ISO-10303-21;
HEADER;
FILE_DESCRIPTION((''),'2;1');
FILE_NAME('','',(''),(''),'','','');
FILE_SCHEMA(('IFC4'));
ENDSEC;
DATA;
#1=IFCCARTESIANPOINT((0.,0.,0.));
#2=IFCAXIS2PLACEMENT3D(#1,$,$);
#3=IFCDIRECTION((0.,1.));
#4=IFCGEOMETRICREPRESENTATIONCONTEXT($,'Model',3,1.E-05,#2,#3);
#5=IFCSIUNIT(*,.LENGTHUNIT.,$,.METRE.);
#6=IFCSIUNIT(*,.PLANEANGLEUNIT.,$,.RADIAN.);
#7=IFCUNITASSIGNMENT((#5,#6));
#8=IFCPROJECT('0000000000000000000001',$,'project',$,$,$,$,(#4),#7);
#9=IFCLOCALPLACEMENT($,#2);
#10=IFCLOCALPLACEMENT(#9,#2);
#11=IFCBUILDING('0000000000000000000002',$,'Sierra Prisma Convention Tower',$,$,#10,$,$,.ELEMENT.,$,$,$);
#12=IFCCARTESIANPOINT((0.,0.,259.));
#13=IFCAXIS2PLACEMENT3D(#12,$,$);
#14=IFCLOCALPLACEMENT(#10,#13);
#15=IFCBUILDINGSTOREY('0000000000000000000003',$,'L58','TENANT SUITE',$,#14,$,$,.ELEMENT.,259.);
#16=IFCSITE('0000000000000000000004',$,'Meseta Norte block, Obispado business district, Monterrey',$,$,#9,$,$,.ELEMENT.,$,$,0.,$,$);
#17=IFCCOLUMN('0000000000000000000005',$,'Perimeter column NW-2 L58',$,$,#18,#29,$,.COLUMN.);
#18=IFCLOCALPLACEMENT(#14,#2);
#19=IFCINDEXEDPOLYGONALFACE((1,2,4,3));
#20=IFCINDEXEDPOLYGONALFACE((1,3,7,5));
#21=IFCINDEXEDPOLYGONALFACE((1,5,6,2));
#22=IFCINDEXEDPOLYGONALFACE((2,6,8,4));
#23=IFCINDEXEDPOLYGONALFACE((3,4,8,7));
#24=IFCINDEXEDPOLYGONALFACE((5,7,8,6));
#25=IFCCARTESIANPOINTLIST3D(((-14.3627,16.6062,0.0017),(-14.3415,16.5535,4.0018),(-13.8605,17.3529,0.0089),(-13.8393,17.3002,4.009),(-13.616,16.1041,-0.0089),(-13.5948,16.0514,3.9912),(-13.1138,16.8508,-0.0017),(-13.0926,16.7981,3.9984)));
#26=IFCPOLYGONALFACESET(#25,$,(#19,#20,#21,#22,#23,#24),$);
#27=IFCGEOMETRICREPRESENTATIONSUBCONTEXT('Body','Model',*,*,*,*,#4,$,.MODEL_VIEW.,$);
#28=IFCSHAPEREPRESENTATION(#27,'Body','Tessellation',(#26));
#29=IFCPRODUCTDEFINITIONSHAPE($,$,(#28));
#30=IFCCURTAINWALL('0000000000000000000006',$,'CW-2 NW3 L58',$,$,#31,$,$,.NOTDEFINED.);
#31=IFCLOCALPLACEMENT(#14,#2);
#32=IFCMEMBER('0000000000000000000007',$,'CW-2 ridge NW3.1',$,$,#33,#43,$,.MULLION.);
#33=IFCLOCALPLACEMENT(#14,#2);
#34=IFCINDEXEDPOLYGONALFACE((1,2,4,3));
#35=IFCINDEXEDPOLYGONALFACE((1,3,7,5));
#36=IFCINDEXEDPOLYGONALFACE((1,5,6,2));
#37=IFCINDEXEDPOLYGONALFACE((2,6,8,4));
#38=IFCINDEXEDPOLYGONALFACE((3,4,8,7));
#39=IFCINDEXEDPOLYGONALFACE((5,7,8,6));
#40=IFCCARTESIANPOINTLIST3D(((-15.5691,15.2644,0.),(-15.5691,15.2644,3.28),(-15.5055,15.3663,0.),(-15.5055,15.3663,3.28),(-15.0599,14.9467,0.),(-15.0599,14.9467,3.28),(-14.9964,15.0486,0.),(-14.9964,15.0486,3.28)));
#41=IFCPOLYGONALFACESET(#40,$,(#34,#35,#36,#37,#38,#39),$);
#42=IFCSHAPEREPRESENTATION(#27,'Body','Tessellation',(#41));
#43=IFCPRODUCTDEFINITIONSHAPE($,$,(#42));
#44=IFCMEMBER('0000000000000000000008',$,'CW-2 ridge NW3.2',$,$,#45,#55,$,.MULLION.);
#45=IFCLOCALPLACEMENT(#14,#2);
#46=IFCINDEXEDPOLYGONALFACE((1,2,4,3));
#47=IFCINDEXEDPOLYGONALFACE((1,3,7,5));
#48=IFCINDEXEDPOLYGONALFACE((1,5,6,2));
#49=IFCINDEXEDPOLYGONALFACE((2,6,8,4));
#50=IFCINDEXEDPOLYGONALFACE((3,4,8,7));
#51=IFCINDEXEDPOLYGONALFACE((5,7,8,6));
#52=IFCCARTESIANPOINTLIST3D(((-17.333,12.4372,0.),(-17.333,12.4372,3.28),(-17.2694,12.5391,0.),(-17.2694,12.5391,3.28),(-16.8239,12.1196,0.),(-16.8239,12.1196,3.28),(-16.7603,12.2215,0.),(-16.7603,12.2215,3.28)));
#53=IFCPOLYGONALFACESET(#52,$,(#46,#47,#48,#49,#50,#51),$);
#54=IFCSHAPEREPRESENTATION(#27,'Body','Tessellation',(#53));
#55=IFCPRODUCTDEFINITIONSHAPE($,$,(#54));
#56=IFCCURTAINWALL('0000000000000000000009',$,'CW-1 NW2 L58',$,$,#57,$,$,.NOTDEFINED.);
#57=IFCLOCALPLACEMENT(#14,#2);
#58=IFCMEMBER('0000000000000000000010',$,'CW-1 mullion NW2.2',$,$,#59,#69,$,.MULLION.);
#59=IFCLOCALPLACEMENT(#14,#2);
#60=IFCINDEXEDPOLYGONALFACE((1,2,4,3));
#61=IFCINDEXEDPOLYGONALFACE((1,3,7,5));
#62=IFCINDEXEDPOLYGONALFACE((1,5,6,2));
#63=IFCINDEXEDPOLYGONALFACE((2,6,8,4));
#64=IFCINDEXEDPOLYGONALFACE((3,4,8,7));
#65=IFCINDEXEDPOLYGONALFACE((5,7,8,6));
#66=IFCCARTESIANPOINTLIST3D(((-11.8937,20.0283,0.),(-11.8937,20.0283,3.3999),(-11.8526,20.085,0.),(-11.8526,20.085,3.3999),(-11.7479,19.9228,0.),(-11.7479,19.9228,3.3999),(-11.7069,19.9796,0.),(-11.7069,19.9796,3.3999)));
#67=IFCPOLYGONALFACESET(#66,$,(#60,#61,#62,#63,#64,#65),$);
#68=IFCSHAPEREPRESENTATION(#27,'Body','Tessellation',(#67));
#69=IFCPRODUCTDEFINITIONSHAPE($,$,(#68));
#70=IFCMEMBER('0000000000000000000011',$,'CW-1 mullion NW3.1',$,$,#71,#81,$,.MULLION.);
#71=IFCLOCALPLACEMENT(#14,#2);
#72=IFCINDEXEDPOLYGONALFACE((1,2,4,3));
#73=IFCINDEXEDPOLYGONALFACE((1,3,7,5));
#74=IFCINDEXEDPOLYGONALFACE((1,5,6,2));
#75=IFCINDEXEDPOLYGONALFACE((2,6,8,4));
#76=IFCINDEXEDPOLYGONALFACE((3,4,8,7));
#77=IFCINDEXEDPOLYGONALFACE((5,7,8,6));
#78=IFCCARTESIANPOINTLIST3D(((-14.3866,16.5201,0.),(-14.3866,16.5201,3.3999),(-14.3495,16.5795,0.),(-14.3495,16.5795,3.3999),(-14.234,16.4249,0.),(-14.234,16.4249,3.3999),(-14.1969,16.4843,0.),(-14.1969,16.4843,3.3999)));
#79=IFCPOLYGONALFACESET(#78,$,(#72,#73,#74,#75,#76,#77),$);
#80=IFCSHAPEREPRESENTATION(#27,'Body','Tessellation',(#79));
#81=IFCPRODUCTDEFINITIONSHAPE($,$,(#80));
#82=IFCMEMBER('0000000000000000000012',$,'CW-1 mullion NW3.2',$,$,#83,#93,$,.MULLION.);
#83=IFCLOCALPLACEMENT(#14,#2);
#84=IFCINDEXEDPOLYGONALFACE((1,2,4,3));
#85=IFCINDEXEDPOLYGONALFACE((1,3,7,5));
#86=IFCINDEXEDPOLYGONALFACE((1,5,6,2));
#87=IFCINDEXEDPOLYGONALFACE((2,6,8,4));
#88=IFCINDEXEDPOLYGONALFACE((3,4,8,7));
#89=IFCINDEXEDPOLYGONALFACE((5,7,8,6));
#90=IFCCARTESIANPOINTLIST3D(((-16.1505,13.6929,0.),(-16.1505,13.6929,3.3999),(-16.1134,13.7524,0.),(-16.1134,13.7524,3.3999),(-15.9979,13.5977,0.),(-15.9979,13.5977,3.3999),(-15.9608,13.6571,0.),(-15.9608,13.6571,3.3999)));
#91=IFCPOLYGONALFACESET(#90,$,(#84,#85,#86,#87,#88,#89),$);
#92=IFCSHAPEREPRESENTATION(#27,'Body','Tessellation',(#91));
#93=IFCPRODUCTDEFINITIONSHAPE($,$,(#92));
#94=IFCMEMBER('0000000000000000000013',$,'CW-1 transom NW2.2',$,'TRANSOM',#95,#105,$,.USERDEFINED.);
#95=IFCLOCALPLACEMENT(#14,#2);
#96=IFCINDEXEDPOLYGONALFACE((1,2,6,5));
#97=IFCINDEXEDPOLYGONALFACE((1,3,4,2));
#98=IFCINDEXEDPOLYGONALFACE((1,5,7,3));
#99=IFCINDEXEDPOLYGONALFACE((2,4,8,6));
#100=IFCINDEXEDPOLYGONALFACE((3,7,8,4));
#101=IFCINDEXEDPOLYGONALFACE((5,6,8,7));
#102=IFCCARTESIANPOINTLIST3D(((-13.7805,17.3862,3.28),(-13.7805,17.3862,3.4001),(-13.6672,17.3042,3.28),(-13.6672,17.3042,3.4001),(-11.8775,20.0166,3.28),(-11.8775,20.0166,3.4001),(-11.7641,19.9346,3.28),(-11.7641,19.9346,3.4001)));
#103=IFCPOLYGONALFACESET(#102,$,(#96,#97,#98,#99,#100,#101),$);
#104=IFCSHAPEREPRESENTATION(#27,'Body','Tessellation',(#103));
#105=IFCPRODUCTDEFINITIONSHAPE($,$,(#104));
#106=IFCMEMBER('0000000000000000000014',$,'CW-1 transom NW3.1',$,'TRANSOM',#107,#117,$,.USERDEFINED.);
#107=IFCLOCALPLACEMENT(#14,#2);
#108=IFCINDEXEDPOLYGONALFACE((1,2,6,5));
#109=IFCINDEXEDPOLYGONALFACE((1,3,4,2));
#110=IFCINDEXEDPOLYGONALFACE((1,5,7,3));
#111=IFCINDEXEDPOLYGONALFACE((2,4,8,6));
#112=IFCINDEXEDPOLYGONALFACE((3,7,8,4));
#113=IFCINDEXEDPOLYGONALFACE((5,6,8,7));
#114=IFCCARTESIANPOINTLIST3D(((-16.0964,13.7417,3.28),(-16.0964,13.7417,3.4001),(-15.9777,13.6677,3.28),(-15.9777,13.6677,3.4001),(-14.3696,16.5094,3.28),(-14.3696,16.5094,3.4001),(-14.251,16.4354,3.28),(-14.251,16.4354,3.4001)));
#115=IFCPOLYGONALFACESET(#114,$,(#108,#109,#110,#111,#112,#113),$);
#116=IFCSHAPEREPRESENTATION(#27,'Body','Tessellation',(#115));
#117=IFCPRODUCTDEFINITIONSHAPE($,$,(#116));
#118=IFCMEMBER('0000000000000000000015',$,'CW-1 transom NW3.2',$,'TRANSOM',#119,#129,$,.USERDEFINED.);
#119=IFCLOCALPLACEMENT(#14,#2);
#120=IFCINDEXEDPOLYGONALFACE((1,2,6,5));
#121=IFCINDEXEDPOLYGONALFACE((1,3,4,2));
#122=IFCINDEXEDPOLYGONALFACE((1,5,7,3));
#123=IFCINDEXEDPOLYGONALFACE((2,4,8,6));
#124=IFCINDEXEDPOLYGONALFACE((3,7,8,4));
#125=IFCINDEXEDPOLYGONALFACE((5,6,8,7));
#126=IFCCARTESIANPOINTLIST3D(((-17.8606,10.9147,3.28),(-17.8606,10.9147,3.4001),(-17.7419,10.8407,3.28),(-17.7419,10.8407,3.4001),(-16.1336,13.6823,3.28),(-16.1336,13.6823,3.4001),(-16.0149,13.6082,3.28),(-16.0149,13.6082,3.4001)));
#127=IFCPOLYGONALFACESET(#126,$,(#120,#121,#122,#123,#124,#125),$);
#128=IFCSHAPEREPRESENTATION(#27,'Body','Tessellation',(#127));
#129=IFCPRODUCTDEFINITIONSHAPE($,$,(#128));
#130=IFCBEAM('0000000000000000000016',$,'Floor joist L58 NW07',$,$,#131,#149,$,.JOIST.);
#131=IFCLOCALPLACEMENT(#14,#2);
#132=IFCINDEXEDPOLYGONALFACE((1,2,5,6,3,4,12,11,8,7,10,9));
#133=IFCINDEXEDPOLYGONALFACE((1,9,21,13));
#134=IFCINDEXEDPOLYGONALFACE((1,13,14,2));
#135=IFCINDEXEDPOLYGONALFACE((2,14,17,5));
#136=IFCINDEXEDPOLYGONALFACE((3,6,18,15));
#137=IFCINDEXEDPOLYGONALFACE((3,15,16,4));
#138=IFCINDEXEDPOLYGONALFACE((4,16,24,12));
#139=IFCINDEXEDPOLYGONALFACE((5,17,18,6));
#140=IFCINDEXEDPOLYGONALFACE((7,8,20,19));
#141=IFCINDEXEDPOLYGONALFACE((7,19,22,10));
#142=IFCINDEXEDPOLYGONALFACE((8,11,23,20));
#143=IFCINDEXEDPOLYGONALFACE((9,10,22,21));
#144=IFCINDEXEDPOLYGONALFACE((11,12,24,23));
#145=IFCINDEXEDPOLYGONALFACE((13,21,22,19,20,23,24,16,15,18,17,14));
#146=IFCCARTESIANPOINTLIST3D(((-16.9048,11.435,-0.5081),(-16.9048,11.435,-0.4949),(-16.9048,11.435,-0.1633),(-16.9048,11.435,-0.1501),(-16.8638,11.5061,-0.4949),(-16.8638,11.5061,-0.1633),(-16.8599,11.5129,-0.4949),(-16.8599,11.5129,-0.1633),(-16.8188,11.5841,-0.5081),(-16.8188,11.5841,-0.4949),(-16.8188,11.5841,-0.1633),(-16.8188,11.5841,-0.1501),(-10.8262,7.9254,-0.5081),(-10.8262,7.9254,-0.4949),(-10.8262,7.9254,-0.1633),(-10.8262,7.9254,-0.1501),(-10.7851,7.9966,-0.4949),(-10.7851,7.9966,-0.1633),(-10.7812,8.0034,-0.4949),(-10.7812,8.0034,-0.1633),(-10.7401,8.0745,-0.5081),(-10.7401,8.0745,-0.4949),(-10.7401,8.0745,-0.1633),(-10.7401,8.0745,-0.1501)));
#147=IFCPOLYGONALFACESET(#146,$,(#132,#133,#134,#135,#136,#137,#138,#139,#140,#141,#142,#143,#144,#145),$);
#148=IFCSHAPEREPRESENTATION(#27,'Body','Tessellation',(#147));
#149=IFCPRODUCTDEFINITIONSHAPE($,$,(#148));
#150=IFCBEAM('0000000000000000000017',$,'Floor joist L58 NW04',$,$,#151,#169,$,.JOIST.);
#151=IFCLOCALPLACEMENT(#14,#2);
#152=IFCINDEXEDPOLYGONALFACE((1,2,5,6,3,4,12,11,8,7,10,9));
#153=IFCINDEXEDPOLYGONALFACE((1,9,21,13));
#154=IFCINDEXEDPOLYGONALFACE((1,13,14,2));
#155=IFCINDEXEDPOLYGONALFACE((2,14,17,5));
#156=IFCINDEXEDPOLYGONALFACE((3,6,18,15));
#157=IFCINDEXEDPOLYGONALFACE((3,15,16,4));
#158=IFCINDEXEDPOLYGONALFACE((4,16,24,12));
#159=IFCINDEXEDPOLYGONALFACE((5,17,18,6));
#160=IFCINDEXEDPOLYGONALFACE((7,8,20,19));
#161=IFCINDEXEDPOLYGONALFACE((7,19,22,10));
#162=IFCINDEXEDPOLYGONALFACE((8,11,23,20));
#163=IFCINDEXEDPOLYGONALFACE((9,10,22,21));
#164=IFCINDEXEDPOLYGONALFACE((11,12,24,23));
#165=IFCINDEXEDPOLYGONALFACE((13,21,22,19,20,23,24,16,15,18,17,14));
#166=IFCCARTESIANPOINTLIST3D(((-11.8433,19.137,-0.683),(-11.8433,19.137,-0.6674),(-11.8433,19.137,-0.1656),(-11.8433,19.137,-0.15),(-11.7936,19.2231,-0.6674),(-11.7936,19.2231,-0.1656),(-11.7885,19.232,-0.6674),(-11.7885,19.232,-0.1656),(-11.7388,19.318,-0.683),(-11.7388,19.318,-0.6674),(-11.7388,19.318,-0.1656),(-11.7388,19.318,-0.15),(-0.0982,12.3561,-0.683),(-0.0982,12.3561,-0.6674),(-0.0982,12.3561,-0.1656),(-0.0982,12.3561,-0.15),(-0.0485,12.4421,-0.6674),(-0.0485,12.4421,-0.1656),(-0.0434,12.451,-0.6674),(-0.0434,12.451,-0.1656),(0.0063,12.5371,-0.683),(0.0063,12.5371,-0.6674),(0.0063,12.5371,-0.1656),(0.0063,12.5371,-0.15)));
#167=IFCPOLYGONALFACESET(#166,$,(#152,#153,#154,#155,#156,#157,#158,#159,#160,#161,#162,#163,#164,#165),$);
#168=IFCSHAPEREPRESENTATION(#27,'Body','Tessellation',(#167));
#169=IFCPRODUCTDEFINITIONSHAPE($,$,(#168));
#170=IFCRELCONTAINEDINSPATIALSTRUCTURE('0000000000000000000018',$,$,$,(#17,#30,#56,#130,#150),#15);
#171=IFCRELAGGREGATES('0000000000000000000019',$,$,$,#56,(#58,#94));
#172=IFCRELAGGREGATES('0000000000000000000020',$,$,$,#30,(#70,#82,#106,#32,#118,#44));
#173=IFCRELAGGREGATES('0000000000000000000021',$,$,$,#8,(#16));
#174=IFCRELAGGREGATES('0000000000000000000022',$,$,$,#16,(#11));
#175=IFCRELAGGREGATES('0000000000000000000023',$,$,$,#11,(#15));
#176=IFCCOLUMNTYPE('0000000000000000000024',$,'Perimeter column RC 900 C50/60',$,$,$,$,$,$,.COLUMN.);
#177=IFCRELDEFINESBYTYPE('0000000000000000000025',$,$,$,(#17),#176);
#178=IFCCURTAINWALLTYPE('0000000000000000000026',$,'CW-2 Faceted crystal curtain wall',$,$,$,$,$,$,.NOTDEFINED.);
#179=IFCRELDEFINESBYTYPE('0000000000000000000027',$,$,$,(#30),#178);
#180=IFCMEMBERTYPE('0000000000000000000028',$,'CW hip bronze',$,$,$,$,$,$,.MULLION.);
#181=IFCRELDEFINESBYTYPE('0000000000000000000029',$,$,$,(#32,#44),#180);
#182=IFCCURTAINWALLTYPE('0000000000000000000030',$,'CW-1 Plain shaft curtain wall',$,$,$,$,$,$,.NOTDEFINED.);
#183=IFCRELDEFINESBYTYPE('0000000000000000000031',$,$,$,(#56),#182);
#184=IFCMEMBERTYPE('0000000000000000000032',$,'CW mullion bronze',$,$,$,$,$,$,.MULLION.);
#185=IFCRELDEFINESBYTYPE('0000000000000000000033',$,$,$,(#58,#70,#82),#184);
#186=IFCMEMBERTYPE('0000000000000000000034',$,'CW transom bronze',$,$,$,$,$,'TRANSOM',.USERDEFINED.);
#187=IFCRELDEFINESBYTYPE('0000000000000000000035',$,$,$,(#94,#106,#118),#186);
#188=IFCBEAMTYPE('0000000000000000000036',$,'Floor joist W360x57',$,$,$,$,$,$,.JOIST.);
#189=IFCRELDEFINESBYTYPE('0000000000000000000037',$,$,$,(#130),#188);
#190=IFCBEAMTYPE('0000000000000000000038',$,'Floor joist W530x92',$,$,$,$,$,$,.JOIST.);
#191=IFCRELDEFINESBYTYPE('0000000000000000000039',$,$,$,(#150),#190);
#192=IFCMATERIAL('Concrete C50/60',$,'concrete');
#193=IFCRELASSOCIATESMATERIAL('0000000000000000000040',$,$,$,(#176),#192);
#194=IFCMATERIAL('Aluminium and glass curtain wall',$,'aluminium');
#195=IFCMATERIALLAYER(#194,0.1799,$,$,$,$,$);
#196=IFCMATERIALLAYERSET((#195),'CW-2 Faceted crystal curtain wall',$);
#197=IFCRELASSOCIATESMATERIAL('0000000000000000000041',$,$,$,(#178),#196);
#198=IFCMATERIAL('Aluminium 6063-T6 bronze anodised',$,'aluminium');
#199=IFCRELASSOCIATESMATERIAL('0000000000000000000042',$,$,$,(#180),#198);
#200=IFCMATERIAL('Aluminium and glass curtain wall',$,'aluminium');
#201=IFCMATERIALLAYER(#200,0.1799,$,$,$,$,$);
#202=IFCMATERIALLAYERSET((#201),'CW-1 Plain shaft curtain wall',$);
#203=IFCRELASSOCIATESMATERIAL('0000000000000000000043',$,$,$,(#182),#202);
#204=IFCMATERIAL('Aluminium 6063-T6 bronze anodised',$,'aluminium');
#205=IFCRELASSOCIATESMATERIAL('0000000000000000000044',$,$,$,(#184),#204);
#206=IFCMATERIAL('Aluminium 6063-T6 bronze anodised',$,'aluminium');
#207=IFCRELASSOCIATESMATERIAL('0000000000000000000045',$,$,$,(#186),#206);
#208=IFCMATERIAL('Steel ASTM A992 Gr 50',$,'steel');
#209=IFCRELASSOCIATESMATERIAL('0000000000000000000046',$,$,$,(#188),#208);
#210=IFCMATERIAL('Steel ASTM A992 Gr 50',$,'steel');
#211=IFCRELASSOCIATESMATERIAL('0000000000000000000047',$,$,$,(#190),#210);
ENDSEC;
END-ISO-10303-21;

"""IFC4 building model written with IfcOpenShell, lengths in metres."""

from ifc_helpers import new_model, si_unit, direction, frame, origin, origin_2d, place, context, subcontext, project, spatial, rectangle, i_section, extrude, material, layer, layer_set, material_profile, profile_set, type_object, element, aggregate, save


model = new_model("IFC4")

# Units and contexts
model_context = context("Model", 3, precision=1e-05, world=origin(), true_north=direction((0.0, 1.0)))
body_context = subcontext(model_context, "Body", "Model", "MODEL_VIEW")
ifc_project = project(units=[si_unit("LENGTHUNIT", "METRE"), si_unit("PLANEANGLEUNIT", "RADIAN")], contexts=[model_context])

# Site, building, storey
site_placement = place(None, origin())
site = spatial("IfcSite", under=ifc_project, at=site_placement, Name="Meseta Norte block, Obispado business district, Monterrey", CompositionType="ELEMENT", RefElevation=0.0)
building_placement = place(site_placement, origin())
building = spatial("IfcBuilding", under=site, at=building_placement, Name="Sierra Prisma Convention Tower", CompositionType="ELEMENT")
storey_placement = place(building_placement, frame((0.0, 0.0, 259.0)))
storey = spatial("IfcBuildingStorey", under=building, at=storey_placement, Name="L58", Description="TENANT SUITE", CompositionType="ELEMENT", Elevation=259.0)

# Column
ifc_material_1 = material(Name="Concrete C50/60", Category="concrete")
ifc_material_profile_1 = material_profile(ifc_material_1, rectangle(XDim=0.8999, YDim=0.8999, at=origin_2d()), Name="Perimeter column RC 900 C50/60")
ifc_profile_set_1 = profile_set([ifc_material_profile_1], Name="Concrete C50/60")
column_type = type_object("IfcColumnType", Name="Perimeter column RC 900 C50/60", PredefinedType="COLUMN", material=ifc_profile_set_1)
column_placement = place(storey_placement, frame((-13.7383, 16.7285, 0.0), z_axis=(0.00531, -0.013182, 0.999899), x_axis=(0.558073, 0.829753, 0.007976)))
element("IfcColumn", 1, at=column_placement, inside=storey, type_object=column_type, Name="Perimeter column NW-2 L58", PredefinedType="COLUMN", context=body_context, shape_type="SweptSolid", body=[
    extrude(rectangle(XDim=0.8999, YDim=0.8999, at=origin_2d()), origin(), (0.0, 0.0, 1.0), 4.0005),
])

# Curtain wall, members
ifc_material_2 = material(Name="Aluminium and glass curtain wall", Category="aluminium")
ifc_layer_1 = layer(ifc_material_2, 0.1799)
ifc_layer_set_1 = layer_set([ifc_layer_1], Name="CW-2 Faceted crystal curtain wall")
curtain_wall_type_1 = type_object("IfcCurtainWallType", Name="CW-2 Faceted crystal curtain wall", PredefinedType="NOTDEFINED", material=ifc_layer_set_1)
curtain_wall_1_placement = place(storey_placement, origin())
curtain_wall_1 = element("IfcCurtainWall", 2, at=curtain_wall_1_placement, inside=storey, type_object=curtain_wall_type_1, Name="CW-2 NW3 L58", PredefinedType="NOTDEFINED")
ifc_material_3 = material(Name="Aluminium 6063-T6 bronze anodised", Category="aluminium")
ifc_material_profile_2 = material_profile(ifc_material_3, rectangle(XDim=0.1201, YDim=0.6001, at=origin_2d()), Name="ALU RIDGE BLADE 120x600")
ifc_profile_set_2 = profile_set([ifc_material_profile_2], Name="Aluminium 6063-T6 bronze anodised")
member_type_1 = type_object("IfcMemberType", Name="CW hip bronze", PredefinedType="MULLION", material=ifc_profile_set_2)
member_1_placement = place(storey_placement, frame((-15.2827, 15.1565, 0.0), z_axis=(0.0, 0.0, 1.0), x_axis=(-0.529351, -0.848403, 0.0)))
member_1 = element("IfcMember", 3, at=member_1_placement, type_object=member_type_1, Name="CW-2 ridge NW3.1", PredefinedType="MULLION", context=body_context, shape_type="SweptSolid", body=[
    extrude(rectangle(XDim=0.1201, YDim=0.6001, at=origin_2d()), origin(), (0.0, 0.0, 1.0), 3.28),
])
member_2_placement = place(storey_placement, frame((-17.0466, 12.3293, 0.0), z_axis=(0.0, 0.0, 1.0), x_axis=(-0.529351, -0.848403, 0.0)))
member_2 = element("IfcMember", 4, at=member_2_placement, type_object=member_type_1, Name="CW-2 ridge NW3.2", PredefinedType="MULLION", context=body_context, shape_type="SweptSolid", body=[
    extrude(rectangle(XDim=0.1201, YDim=0.6001, at=origin_2d()), origin(), (0.0, 0.0, 1.0), 3.28),
])

# Curtain wall, member
ifc_material_4 = material(Name="Aluminium and glass curtain wall", Category="aluminium")
ifc_layer_2 = layer(ifc_material_4, 0.1799)
ifc_layer_set_2 = layer_set([ifc_layer_2], Name="CW-1 Plain shaft curtain wall")
curtain_wall_type_2 = type_object("IfcCurtainWallType", Name="CW-1 Plain shaft curtain wall", PredefinedType="NOTDEFINED", material=ifc_layer_set_2)
curtain_wall_2_placement = place(storey_placement, origin())
curtain_wall_2 = element("IfcCurtainWall", 5, at=curtain_wall_2_placement, inside=storey, type_object=curtain_wall_type_2, Name="CW-1 NW2 L58", PredefinedType="NOTDEFINED")
ifc_material_5 = material(Name="Aluminium 6063-T6 bronze anodised", Category="aluminium")
ifc_material_profile_3 = material_profile(ifc_material_5, rectangle(XDim=0.1799, YDim=0.0701, at=origin_2d()), Name="ALU MULLION 70x180")
ifc_profile_set_3 = profile_set([ifc_material_profile_3], Name="Aluminium 6063-T6 bronze anodised")
member_type_2 = type_object("IfcMemberType", Name="CW mullion bronze", PredefinedType="MULLION", material=ifc_profile_set_3)
member_3_placement = place(storey_placement, frame((-11.8003, 20.0039, 0.0), z_axis=(0.0, 0.0, 1.0), x_axis=(0.810197, -0.586158, 0.0)))
member_3 = element("IfcMember", 6, at=member_3_placement, type_object=member_type_2, Name="CW-1 mullion NW2.2", PredefinedType="MULLION", context=body_context, shape_type="SweptSolid", body=[
    extrude(rectangle(XDim=0.1799, YDim=0.0701, at=origin_2d()), origin(), (0.0, 0.0, 1.0), 3.3999),
])

# Members
member_4_placement = place(storey_placement, frame((-14.2917, 16.5022, 0.0), z_axis=(0.0, 0.0, 1.0), x_axis=(0.848403, -0.529351, 0.0)))
member_4 = element("IfcMember", 7, at=member_4_placement, type_object=member_type_2, Name="CW-1 mullion NW3.1", PredefinedType="MULLION", context=body_context, shape_type="SweptSolid", body=[
    extrude(rectangle(XDim=0.1799, YDim=0.0701, at=origin_2d()), origin(), (0.0, 0.0, 1.0), 3.3999),
])
member_5_placement = place(storey_placement, frame((-16.0557, 13.675, 0.0), z_axis=(0.0, 0.0, 1.0), x_axis=(0.848403, -0.529351, 0.0)))
member_5 = element("IfcMember", 8, at=member_5_placement, type_object=member_type_2, Name="CW-1 mullion NW3.2", PredefinedType="MULLION", context=body_context, shape_type="SweptSolid", body=[
    extrude(rectangle(XDim=0.1799, YDim=0.0701, at=origin_2d()), origin(), (0.0, 0.0, 1.0), 3.3999),
])
ifc_material_6 = material(Name="Aluminium 6063-T6 bronze anodised", Category="aluminium")
ifc_material_profile_4 = material_profile(ifc_material_6, rectangle(XDim=0.1399, YDim=0.1201, at=origin_2d()), Name="ALU TRANSOM 120x140")
ifc_profile_set_4 = profile_set([ifc_material_profile_4], Name="Aluminium 6063-T6 bronze anodised")
member_type_3 = type_object("IfcMemberType", Name="CW transom bronze", ElementType="TRANSOM", PredefinedType="USERDEFINED", material=ifc_profile_set_4)
member_6_placement = place(storey_placement, frame((-11.8208, 19.9756, 3.3401), z_axis=(-0.586171, -0.810187, 0.0), x_axis=(0.810187, -0.586171, 0.0)))
member_6 = element("IfcMember", 9, at=member_6_placement, type_object=member_type_3, Name="CW-1 transom NW2.2", ObjectType="TRANSOM", PredefinedType="USERDEFINED", context=body_context, shape_type="SweptSolid", body=[
    extrude(rectangle(XDim=0.1399, YDim=0.1201, at=origin_2d()), origin(), (0.0, 0.0, 1.0), 3.2466),
])
member_7_placement = place(storey_placement, frame((-14.3103, 16.4724, 3.3401), z_axis=(-0.529319, -0.848423, 0.0), x_axis=(0.848423, -0.529319, 0.0)))
member_7 = element("IfcMember", 10, at=member_7_placement, type_object=member_type_3, Name="CW-1 transom NW3.1", ObjectType="TRANSOM", PredefinedType="USERDEFINED", context=body_context, shape_type="SweptSolid", body=[
    extrude(rectangle(XDim=0.1399, YDim=0.1201, at=origin_2d()), origin(), (0.0, 0.0, 1.0), 3.2622),
])
member_8_placement = place(storey_placement, frame((-16.0742, 13.6453, 3.3401), z_axis=(-0.529407, -0.848368, 0.0), x_axis=(0.848368, -0.529407, 0.0)))
member_8 = element("IfcMember", 11, at=member_8_placement, type_object=member_type_3, Name="CW-1 transom NW3.2", ObjectType="TRANSOM", PredefinedType="USERDEFINED", context=body_context, shape_type="SweptSolid", body=[
    extrude(rectangle(XDim=0.1399, YDim=0.1201, at=origin_2d()), origin(), (0.0, 0.0, 1.0), 3.2622),
])

# Beams
ifc_material_7 = material(Name="Steel ASTM A992 Gr 50", Category="steel")
ifc_material_profile_5 = material_profile(ifc_material_7, i_section(OverallWidth=0.1721, OverallDepth=0.3579, WebThickness=0.0078, FlangeThickness=0.0132, at=origin_2d()), Name="W360x57")
ifc_profile_set_5 = profile_set([ifc_material_profile_5], Name="Steel ASTM A992 Gr 50")
beam_type_1 = type_object("IfcBeamType", Name="Floor joist W360x57", PredefinedType="JOIST", material=ifc_profile_set_5)
beam_1_placement = place(storey_placement, frame((-16.8618, 11.5095, -0.3291), z_axis=(0.866023, -0.500003, 0.0), x_axis=(0.500003, 0.866023, 0.0)))
element("IfcBeam", 12, at=beam_1_placement, inside=storey, type_object=beam_type_1, Name="Floor joist L58 NW07", PredefinedType="JOIST", context=body_context, shape_type="SweptSolid", body=[
    extrude(i_section(OverallWidth=0.1721, OverallDepth=0.3579, WebThickness=0.0078, FlangeThickness=0.0132, at=origin_2d()), origin(), (0.0, 0.0, 1.0), 7.019),
])
ifc_material_8 = material(Name="Steel ASTM A992 Gr 50", Category="steel")
ifc_material_profile_6 = material_profile(ifc_material_8, i_section(OverallWidth=0.209, OverallDepth=0.533, WebThickness=0.0103, FlangeThickness=0.0156, at=origin_2d()), Name="W530x92")
ifc_profile_set_6 = profile_set([ifc_material_profile_6], Name="Steel ASTM A992 Gr 50")
beam_type_2 = type_object("IfcBeamType", Name="Floor joist W530x92", PredefinedType="JOIST", material=ifc_profile_set_6)
beam_2_placement = place(storey_placement, frame((-11.791, 19.2275, -0.4165), z_axis=(0.866027, -0.499998, 0.0), x_axis=(0.499998, 0.866027, 0.0)))
element("IfcBeam", 13, at=beam_2_placement, inside=storey, type_object=beam_type_2, Name="Floor joist L58 NW04", PredefinedType="JOIST", context=body_context, shape_type="SweptSolid", body=[
    extrude(i_section(OverallWidth=0.209, OverallDepth=0.533, WebThickness=0.0103, FlangeThickness=0.0156, at=origin_2d()), origin(), (0.0, 0.0, 1.0), 13.562),
])

aggregate(curtain_wall_2, [member_3, member_6])
aggregate(curtain_wall_1, [member_4, member_5, member_7, member_1, member_8, member_2])

save(model, "model.ifc")
